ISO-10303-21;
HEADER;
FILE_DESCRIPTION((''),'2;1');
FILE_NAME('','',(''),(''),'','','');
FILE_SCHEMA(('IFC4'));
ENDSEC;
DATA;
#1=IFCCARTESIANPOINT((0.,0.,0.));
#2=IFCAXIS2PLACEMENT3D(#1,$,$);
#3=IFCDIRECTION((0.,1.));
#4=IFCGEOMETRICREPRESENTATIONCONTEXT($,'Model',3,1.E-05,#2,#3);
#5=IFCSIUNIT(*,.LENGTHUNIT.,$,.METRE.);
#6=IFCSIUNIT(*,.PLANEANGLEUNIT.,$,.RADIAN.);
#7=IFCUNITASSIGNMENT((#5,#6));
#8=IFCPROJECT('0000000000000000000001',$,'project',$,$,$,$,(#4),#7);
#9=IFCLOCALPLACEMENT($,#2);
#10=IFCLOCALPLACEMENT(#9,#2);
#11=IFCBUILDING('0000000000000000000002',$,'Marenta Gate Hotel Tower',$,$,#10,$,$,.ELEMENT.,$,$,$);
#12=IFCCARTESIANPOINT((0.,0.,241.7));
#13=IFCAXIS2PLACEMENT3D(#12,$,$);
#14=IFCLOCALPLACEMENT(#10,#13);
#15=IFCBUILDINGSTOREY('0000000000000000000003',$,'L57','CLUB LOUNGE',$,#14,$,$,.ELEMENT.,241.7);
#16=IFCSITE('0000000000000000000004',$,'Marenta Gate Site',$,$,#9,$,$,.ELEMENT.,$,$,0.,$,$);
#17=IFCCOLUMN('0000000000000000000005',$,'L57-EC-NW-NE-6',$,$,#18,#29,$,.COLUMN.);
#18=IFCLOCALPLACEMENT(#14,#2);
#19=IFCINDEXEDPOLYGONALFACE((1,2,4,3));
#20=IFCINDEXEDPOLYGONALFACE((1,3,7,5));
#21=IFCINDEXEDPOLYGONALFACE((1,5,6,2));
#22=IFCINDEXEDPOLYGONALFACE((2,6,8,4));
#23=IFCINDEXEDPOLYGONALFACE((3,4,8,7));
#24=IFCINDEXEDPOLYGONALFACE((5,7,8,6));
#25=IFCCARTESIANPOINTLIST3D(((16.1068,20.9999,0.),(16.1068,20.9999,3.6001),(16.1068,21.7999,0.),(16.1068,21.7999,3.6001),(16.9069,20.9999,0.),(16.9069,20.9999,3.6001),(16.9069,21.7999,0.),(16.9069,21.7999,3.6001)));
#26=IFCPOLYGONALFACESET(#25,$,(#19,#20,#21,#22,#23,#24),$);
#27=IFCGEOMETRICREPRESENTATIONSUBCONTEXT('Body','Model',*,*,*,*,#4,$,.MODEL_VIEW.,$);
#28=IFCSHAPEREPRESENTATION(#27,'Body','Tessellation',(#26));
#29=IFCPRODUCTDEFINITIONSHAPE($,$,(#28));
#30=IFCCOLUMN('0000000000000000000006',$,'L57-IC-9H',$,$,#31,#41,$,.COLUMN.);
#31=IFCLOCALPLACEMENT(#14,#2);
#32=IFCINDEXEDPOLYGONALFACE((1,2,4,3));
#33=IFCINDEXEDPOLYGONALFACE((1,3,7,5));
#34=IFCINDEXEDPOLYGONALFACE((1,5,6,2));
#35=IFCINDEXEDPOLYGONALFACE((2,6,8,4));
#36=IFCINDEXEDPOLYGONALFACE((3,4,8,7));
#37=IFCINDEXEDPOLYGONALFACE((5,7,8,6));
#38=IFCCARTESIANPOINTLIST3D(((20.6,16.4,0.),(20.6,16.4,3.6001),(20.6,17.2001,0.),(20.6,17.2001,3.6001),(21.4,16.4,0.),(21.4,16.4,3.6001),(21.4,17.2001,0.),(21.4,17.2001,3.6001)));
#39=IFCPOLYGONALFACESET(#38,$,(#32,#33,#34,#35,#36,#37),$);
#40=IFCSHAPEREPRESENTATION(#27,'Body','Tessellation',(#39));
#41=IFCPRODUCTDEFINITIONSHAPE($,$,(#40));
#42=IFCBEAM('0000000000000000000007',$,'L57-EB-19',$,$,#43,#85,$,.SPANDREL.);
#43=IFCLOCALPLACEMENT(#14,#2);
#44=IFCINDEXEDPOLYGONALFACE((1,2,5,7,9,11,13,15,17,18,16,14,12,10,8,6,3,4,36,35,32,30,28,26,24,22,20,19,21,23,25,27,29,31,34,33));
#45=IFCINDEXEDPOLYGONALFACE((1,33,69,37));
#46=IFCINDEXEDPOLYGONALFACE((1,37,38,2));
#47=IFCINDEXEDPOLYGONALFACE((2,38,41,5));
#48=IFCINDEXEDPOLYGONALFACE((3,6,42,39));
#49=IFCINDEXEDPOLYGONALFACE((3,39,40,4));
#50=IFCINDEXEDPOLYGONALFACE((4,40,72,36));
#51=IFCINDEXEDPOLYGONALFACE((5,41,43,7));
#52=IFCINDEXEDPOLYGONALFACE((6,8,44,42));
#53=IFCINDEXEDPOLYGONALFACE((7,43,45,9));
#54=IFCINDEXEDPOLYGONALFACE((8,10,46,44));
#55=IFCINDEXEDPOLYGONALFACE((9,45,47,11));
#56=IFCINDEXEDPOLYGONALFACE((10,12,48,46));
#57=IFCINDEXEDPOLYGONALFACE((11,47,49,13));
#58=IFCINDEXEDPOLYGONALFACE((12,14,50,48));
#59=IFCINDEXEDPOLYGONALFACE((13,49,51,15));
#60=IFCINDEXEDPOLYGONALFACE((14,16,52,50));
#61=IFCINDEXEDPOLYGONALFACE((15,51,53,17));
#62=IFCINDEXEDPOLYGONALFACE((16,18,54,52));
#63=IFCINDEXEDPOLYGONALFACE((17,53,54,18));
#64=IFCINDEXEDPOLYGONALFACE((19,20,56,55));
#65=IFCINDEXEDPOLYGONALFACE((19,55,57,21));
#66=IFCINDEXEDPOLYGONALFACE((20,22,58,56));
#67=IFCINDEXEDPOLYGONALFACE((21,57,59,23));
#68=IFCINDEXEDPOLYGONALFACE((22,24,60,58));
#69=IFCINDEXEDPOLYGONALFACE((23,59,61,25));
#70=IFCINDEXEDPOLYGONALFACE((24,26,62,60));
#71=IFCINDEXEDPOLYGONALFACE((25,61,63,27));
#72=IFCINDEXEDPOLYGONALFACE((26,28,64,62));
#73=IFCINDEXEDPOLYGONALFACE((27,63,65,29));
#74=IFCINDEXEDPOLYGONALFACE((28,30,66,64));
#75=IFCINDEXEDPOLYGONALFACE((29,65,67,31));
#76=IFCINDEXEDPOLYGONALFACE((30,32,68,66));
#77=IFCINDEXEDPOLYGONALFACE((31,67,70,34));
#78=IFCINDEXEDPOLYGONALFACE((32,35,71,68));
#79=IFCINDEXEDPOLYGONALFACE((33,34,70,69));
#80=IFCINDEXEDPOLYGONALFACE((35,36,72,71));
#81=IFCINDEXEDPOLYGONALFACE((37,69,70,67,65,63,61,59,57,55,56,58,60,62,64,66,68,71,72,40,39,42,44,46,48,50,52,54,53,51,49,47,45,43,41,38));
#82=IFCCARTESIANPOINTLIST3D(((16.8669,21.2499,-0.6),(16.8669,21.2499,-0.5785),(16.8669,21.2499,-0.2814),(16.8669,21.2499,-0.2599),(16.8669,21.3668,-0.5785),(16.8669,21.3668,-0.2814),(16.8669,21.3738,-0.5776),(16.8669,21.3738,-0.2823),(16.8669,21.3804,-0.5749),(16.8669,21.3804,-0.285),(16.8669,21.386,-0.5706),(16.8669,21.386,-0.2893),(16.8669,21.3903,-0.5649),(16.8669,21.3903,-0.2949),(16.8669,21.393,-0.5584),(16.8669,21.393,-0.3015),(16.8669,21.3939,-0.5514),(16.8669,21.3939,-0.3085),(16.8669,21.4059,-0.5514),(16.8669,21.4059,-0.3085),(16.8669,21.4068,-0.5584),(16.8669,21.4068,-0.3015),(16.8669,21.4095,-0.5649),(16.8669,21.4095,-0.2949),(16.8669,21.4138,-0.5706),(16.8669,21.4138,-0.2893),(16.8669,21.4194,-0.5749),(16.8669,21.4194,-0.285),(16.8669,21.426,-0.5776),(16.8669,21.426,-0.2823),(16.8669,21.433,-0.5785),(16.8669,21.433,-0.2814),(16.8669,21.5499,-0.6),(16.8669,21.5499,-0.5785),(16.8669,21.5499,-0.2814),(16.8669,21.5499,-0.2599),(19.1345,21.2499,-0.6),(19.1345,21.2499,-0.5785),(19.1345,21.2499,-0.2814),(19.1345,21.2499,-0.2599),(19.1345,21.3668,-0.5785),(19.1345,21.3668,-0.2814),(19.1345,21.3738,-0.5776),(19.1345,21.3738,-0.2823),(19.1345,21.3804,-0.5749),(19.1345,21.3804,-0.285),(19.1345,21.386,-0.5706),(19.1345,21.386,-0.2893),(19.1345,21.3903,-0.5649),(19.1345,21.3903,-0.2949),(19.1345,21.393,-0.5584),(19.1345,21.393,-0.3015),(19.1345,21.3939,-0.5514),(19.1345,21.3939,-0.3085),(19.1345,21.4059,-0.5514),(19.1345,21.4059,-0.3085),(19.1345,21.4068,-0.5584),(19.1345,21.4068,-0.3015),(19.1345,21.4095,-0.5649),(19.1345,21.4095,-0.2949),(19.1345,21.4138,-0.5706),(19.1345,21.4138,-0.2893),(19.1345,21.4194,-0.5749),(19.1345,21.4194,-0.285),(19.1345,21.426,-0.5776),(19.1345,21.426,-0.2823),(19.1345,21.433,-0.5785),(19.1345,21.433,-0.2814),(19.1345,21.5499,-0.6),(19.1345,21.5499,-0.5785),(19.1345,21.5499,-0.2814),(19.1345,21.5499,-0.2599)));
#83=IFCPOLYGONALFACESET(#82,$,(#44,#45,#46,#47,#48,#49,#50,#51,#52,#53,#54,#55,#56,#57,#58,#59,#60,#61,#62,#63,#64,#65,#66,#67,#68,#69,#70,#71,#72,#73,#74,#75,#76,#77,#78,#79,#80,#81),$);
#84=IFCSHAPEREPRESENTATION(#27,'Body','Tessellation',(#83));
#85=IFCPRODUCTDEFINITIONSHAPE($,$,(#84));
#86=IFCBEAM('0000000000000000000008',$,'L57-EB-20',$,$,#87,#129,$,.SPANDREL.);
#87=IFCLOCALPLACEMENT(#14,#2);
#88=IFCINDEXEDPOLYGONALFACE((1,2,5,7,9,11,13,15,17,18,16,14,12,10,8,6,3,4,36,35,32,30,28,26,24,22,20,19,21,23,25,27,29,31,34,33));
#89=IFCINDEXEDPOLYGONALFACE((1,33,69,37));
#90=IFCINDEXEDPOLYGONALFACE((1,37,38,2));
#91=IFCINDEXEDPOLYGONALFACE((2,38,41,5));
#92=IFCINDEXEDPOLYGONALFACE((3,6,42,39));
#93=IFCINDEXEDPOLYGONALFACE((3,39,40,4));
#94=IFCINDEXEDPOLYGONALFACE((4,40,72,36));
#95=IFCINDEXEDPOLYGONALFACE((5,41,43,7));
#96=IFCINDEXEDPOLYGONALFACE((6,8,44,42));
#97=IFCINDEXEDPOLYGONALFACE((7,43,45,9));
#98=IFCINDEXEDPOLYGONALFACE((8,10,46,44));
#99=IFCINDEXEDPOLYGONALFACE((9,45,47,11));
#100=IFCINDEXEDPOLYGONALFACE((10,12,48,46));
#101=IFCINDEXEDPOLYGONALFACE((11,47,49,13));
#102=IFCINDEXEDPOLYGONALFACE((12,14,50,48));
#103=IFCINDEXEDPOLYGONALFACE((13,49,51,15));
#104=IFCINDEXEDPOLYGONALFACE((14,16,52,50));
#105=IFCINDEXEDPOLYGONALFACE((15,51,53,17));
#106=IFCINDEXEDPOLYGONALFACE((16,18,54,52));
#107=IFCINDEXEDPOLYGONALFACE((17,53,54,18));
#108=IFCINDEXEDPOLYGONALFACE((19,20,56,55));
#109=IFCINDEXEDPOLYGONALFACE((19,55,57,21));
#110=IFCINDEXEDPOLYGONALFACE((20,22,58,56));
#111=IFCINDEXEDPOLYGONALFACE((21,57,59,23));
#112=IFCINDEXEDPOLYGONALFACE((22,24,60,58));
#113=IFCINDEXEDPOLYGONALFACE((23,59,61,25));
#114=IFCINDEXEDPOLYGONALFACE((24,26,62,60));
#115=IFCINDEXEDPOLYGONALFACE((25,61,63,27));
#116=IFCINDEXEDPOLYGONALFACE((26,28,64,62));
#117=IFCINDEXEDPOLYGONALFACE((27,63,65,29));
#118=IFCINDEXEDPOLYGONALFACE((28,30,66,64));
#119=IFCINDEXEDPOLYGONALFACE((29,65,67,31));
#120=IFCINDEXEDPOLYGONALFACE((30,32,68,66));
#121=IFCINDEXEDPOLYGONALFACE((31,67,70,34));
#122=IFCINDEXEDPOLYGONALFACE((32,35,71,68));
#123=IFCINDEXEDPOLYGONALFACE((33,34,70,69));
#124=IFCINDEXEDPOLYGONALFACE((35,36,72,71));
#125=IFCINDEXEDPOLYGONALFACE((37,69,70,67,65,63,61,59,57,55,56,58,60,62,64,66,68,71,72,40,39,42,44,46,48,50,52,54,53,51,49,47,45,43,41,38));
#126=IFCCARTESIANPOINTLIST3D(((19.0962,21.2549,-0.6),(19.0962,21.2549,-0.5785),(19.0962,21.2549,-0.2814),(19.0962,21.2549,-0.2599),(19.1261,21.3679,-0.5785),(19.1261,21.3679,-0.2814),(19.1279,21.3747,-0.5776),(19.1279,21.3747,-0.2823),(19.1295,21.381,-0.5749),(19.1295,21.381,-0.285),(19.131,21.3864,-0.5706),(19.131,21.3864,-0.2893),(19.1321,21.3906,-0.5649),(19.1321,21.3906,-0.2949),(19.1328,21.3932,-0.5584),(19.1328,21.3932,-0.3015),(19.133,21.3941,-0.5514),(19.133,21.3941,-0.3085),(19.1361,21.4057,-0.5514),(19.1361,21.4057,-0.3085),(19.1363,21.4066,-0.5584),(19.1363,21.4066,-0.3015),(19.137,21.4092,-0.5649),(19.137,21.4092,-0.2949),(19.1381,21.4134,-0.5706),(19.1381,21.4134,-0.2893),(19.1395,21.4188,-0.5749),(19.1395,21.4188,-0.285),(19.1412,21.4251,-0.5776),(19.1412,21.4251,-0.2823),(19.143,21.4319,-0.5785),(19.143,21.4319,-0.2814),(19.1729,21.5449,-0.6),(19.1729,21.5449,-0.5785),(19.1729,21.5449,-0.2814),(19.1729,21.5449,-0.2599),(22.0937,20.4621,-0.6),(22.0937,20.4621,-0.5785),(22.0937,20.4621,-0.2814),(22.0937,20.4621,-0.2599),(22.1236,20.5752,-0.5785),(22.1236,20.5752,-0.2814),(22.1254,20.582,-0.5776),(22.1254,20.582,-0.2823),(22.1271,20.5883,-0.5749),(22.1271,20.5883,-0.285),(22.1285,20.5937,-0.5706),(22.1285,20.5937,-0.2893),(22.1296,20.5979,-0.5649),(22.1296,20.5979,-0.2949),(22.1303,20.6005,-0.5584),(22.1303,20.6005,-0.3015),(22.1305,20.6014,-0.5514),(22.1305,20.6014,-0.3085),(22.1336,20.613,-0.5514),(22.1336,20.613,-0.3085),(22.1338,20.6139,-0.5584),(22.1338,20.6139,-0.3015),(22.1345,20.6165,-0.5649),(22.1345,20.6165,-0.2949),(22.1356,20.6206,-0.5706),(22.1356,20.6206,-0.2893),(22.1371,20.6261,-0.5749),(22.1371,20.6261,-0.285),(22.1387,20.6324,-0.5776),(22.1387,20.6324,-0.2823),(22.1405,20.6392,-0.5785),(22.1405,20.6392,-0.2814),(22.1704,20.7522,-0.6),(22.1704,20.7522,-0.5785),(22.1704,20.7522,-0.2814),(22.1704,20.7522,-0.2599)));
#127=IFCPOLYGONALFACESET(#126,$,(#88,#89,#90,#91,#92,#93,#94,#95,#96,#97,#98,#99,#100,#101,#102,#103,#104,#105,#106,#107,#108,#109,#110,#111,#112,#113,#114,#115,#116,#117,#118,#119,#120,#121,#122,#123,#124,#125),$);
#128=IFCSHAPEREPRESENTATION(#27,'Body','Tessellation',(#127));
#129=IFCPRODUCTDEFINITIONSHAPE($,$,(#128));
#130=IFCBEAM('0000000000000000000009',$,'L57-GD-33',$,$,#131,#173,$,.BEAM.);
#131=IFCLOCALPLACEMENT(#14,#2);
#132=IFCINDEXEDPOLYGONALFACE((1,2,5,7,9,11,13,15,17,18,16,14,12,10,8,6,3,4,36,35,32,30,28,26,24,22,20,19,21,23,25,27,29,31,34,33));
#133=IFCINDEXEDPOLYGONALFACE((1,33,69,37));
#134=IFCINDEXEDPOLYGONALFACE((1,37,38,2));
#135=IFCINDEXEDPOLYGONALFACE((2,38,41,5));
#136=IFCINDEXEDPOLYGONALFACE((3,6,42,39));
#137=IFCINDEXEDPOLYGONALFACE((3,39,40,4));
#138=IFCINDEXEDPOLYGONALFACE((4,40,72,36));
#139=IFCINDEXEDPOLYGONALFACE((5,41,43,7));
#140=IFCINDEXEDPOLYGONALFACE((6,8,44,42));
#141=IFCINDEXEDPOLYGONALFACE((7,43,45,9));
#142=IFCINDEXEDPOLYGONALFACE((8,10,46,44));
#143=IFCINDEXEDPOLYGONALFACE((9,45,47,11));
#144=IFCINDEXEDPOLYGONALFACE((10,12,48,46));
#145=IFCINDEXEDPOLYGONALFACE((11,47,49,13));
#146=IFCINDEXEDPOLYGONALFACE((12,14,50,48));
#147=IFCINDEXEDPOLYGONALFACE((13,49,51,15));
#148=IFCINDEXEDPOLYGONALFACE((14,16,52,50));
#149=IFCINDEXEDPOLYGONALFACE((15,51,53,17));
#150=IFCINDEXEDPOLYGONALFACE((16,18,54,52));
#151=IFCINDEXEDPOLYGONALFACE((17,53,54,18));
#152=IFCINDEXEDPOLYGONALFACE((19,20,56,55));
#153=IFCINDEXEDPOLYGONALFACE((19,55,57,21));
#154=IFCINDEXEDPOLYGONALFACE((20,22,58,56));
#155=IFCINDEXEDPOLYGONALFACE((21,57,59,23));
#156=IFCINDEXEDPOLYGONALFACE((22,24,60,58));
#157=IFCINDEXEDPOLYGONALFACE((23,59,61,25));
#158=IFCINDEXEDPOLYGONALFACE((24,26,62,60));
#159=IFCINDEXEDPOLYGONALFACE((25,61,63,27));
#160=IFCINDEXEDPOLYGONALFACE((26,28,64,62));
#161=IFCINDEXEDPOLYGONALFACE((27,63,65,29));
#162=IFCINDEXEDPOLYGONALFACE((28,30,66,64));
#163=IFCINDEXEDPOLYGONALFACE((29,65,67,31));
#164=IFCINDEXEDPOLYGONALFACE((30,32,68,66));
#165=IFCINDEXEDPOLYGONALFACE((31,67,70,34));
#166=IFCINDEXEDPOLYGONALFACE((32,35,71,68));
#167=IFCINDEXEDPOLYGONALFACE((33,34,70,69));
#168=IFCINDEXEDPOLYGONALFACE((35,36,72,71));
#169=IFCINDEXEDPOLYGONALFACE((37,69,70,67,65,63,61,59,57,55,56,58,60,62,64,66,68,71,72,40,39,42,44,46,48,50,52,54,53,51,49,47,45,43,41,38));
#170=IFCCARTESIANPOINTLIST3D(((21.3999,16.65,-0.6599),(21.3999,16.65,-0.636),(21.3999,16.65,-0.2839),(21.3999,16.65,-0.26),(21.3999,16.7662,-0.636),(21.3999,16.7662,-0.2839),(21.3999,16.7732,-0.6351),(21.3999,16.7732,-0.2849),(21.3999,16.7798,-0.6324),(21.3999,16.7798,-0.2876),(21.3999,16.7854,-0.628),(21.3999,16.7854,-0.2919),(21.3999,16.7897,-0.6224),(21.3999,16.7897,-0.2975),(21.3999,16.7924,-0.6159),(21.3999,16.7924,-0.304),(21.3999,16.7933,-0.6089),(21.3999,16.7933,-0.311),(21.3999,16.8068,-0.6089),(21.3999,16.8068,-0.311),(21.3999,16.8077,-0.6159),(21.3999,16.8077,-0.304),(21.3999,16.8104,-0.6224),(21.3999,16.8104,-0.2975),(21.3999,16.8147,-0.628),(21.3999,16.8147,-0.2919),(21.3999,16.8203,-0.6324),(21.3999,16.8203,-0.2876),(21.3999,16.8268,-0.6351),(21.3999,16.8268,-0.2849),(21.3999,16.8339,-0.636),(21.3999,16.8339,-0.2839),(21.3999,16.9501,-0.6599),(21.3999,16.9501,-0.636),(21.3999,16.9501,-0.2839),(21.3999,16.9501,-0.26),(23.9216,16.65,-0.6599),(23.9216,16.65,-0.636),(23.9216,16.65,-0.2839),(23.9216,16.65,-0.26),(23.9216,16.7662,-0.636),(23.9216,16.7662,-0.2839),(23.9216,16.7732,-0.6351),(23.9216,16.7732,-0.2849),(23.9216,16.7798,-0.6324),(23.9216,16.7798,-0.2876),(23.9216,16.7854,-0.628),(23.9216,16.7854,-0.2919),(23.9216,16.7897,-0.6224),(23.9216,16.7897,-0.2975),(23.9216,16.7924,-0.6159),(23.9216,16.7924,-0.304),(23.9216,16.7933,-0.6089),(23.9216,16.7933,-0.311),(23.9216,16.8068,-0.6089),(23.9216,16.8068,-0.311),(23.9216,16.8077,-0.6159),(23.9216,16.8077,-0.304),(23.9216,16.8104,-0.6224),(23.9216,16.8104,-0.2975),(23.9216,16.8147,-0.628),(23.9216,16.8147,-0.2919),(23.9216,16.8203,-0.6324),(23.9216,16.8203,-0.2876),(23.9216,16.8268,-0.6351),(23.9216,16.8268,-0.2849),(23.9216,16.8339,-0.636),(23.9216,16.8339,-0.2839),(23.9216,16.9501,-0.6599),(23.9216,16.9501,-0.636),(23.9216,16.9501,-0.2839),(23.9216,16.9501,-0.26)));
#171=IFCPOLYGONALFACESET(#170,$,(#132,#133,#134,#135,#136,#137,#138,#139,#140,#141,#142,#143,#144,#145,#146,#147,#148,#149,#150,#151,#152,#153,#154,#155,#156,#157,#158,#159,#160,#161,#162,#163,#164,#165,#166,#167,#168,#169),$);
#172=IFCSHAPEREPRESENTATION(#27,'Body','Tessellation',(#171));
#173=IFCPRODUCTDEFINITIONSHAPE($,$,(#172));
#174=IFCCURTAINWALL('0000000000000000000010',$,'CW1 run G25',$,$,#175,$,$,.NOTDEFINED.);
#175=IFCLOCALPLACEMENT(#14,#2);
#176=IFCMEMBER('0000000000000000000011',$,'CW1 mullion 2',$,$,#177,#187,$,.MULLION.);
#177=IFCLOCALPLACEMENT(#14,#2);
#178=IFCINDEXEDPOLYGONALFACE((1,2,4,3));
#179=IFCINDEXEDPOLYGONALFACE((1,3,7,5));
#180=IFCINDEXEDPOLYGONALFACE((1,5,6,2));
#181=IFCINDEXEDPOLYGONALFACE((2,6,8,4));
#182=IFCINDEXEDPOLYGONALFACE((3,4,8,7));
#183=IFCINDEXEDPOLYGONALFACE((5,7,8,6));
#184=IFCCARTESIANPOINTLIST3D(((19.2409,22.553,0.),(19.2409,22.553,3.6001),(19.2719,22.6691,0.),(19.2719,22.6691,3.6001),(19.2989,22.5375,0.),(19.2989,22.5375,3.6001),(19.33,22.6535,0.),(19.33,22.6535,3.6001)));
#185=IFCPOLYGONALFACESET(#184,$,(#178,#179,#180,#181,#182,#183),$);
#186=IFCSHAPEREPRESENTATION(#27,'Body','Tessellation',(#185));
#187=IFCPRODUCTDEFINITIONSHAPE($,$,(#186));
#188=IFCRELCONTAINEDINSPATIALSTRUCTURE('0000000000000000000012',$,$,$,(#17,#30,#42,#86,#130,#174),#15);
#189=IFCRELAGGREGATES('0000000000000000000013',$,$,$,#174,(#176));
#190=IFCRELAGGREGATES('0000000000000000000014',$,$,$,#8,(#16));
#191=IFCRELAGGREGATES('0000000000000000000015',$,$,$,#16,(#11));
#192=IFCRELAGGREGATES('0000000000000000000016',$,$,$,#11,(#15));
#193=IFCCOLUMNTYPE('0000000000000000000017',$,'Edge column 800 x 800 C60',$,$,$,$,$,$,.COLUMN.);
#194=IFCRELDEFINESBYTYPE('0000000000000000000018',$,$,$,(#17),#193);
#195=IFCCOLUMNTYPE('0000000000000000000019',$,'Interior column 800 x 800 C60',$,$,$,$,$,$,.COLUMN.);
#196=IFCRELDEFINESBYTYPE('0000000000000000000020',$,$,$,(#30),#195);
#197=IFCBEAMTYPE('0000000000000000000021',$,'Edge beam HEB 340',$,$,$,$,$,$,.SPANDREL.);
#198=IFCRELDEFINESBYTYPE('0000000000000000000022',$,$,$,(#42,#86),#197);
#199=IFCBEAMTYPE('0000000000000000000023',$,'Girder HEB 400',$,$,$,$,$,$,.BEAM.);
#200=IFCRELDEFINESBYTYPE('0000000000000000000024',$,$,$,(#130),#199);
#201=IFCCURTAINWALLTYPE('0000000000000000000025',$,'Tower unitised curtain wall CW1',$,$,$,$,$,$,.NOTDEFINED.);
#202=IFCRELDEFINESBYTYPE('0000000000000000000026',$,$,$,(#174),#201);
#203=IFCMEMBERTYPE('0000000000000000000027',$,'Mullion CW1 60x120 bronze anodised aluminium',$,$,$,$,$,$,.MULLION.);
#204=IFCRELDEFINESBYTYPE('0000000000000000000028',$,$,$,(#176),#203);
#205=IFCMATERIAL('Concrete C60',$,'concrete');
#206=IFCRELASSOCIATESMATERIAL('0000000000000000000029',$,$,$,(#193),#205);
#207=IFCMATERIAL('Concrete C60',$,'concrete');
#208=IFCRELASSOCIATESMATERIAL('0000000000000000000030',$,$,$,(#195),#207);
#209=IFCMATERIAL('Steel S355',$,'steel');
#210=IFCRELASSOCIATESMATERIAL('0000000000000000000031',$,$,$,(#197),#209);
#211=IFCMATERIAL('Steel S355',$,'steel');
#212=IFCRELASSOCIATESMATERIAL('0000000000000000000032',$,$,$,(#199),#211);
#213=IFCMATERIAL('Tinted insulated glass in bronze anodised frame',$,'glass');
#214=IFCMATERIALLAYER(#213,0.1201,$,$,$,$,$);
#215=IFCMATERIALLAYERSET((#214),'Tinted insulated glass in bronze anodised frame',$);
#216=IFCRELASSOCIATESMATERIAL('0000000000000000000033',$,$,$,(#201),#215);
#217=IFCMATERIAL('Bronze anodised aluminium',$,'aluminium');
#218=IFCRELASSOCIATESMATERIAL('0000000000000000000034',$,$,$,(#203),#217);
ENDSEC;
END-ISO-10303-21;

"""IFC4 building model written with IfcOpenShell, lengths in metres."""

from ifc_helpers import new_model, si_unit, direction, frame, origin, origin_2d, place, context, subcontext, project, spatial, rectangle, i_section, extrude, material, layer, layer_set, material_profile, profile_set, type_object, element, aggregate, save


model = new_model("IFC4")

# Units and contexts
model_context = context("Model", 3, precision=1e-05, world=origin(), true_north=direction((0.0, 1.0)))
body_context = subcontext(model_context, "Body", "Model", "MODEL_VIEW")
ifc_project = project(units=[si_unit("LENGTHUNIT", "METRE"), si_unit("PLANEANGLEUNIT", "RADIAN")], contexts=[model_context])

# Site, building, storey
site_placement = place(None, origin())
site = spatial("IfcSite", under=ifc_project, at=site_placement, Name="Marenta Gate Site", CompositionType="ELEMENT", RefElevation=0.0)
building_placement = place(site_placement, origin())
building = spatial("IfcBuilding", under=site, at=building_placement, Name="Marenta Gate Hotel Tower", CompositionType="ELEMENT")
storey_placement = place(building_placement, frame((0.0, 0.0, 241.7)))
storey = spatial("IfcBuildingStorey", under=building, at=storey_placement, Name="L57", Description="CLUB LOUNGE", CompositionType="ELEMENT", Elevation=241.7)

# Columns
ifc_material_1 = material(Name="Concrete C60", Category="concrete")
ifc_material_profile_1 = material_profile(ifc_material_1, rectangle(XDim=0.8, YDim=0.8, at=origin_2d()), Name="800 x 800")
ifc_profile_set_1 = profile_set([ifc_material_profile_1], Name="Concrete C60")
column_type_1 = type_object("IfcColumnType", Name="Edge column 800 x 800 C60", PredefinedType="COLUMN", material=ifc_profile_set_1)
column_1_placement = place(storey_placement, frame((16.5068, 21.3999, 0.0), z_axis=(0.0, 0.0, 1.0), x_axis=(1.0, 0.0, 0.0)))
element("IfcColumn", 1, at=column_1_placement, inside=storey, type_object=column_type_1, Name="L57-EC-NW-NE-6", PredefinedType="COLUMN", context=body_context, shape_type="SweptSolid", body=[
    extrude(rectangle(XDim=0.8, YDim=0.8, at=origin_2d()), origin(), (0.0, 0.0, 1.0), 3.6001),
])
ifc_material_2 = material(Name="Concrete C60", Category="concrete")
ifc_material_profile_2 = material_profile(ifc_material_2, rectangle(XDim=0.8, YDim=0.8, at=origin_2d()), Name="800 x 800")
ifc_profile_set_2 = profile_set([ifc_material_profile_2], Name="Concrete C60")
column_type_2 = type_object("IfcColumnType", Name="Interior column 800 x 800 C60", PredefinedType="COLUMN", material=ifc_profile_set_2)
column_2_placement = place(storey_placement, frame((21.0, 16.8, 0.0), z_axis=(0.0, 0.0, 1.0), x_axis=(1.0, 0.0, 0.0)))
element("IfcColumn", 2, at=column_2_placement, inside=storey, type_object=column_type_2, Name="L57-IC-9H", PredefinedType="COLUMN", context=body_context, shape_type="SweptSolid", body=[
    extrude(rectangle(XDim=0.8, YDim=0.8, at=origin_2d()), origin(), (0.0, 0.0, 1.0), 3.6001),
])

# Beams
ifc_material_3 = material(Name="Steel S355", Category="steel")
ifc_material_profile_3 = material_profile(ifc_material_3, i_section(OverallWidth=0.3, OverallDepth=0.3401, WebThickness=0.012, FlangeThickness=0.0215, FilletRadius=0.0271, at=origin_2d()), Name="HEB 340")
ifc_profile_set_3 = profile_set([ifc_material_profile_3], Name="Steel S355")
beam_type_1 = type_object("IfcBeamType", Name="Edge beam HEB 340", PredefinedType="SPANDREL", material=ifc_profile_set_3)
beam_1_placement = place(storey_placement, frame((16.8669, 21.3999, -0.4299), z_axis=(1.0, 0.0, 0.0), x_axis=(0.0, 1.0, 0.0)))
element("IfcBeam", 3, at=beam_1_placement, inside=storey, type_object=beam_type_1, Name="L57-EB-19", PredefinedType="SPANDREL", context=body_context, shape_type="SweptSolid", body=[
    extrude(i_section(OverallWidth=0.3, OverallDepth=0.3401, WebThickness=0.012, FlangeThickness=0.0215, FilletRadius=0.0271, at=origin_2d()), origin(), (0.0, 0.0, 1.0), 2.2676),
])
beam_2_placement = place(storey_placement, frame((19.1345, 21.3999, -0.4299), z_axis=(0.966765, -0.255667, 0.0), x_axis=(0.255667, 0.966765, 0.0)))
element("IfcBeam", 4, at=beam_2_placement, inside=storey, type_object=beam_type_1, Name="L57-EB-20", PredefinedType="SPANDREL", context=body_context, shape_type="SweptSolid", body=[
    extrude(i_section(OverallWidth=0.3, OverallDepth=0.3401, WebThickness=0.012, FlangeThickness=0.0215, FilletRadius=0.0271, at=origin_2d()), origin(), (0.0, 0.0, 1.0), 3.1006),
])
ifc_material_4 = material(Name="Steel S355", Category="steel")
ifc_material_profile_4 = material_profile(ifc_material_4, i_section(OverallWidth=0.3, OverallDepth=0.3999, WebThickness=0.0134, FlangeThickness=0.0239, FilletRadius=0.0271, at=origin_2d()), Name="HEB 400")
ifc_profile_set_4 = profile_set([ifc_material_profile_4], Name="Steel S355")
beam_type_2 = type_object("IfcBeamType", Name="Girder HEB 400", PredefinedType="BEAM", material=ifc_profile_set_4)
beam_3_placement = place(storey_placement, frame((21.3999, 16.8, -0.46), z_axis=(1.0, 0.0, 0.0), x_axis=(0.0, 1.0, 0.0)))
element("IfcBeam", 5, at=beam_3_placement, inside=storey, type_object=beam_type_2, Name="L57-GD-33", PredefinedType="BEAM", context=body_context, shape_type="SweptSolid", body=[
    extrude(i_section(OverallWidth=0.3, OverallDepth=0.3999, WebThickness=0.0134, FlangeThickness=0.0239, FilletRadius=0.0271, at=origin_2d()), origin(), (0.0, 0.0, 1.0), 2.5217),
])

# Curtain wall, member
ifc_material_5 = material(Name="Tinted insulated glass in bronze anodised frame", Category="glass")
ifc_layer_1 = layer(ifc_material_5, 0.1201)
ifc_layer_set_1 = layer_set([ifc_layer_1], Name="Tinted insulated glass in bronze anodised frame")
curtain_wall_type = type_object("IfcCurtainWallType", Name="Tower unitised curtain wall CW1", PredefinedType="NOTDEFINED", material=ifc_layer_set_1)
curtain_wall_placement = place(storey_placement, origin())
curtain_wall = element("IfcCurtainWall", 6, at=curtain_wall_placement, inside=storey, type_object=curtain_wall_type, Name="CW1 run G25", PredefinedType="NOTDEFINED")
ifc_material_6 = material(Name="Bronze anodised aluminium", Category="aluminium")
ifc_material_profile_5 = material_profile(ifc_material_6, rectangle(XDim=0.1201, YDim=0.0601, at=origin_2d()), Name="Mullion CW1 60x120 bronze anodised aluminium")
ifc_profile_set_5 = profile_set([ifc_material_profile_5], Name="Bronze anodised aluminium")
member_type = type_object("IfcMemberType", Name="Mullion CW1 60x120 bronze anodised aluminium", PredefinedType="MULLION", material=ifc_profile_set_5)
member_placement = place(storey_placement, frame((19.2854, 22.6033, 0.0), z_axis=(0.0, 0.0, 1.0), x_axis=(-0.258805, -0.96593, 0.0)))
member = element("IfcMember", 7, at=member_placement, type_object=member_type, Name="CW1 mullion 2", PredefinedType="MULLION", context=body_context, shape_type="SweptSolid", body=[
    extrude(rectangle(XDim=0.1201, YDim=0.0601, at=origin_2d()), origin(), (0.0, 0.0, 1.0), 3.6001),
])
aggregate(curtain_wall, [member])

save(model, "model.ifc")
